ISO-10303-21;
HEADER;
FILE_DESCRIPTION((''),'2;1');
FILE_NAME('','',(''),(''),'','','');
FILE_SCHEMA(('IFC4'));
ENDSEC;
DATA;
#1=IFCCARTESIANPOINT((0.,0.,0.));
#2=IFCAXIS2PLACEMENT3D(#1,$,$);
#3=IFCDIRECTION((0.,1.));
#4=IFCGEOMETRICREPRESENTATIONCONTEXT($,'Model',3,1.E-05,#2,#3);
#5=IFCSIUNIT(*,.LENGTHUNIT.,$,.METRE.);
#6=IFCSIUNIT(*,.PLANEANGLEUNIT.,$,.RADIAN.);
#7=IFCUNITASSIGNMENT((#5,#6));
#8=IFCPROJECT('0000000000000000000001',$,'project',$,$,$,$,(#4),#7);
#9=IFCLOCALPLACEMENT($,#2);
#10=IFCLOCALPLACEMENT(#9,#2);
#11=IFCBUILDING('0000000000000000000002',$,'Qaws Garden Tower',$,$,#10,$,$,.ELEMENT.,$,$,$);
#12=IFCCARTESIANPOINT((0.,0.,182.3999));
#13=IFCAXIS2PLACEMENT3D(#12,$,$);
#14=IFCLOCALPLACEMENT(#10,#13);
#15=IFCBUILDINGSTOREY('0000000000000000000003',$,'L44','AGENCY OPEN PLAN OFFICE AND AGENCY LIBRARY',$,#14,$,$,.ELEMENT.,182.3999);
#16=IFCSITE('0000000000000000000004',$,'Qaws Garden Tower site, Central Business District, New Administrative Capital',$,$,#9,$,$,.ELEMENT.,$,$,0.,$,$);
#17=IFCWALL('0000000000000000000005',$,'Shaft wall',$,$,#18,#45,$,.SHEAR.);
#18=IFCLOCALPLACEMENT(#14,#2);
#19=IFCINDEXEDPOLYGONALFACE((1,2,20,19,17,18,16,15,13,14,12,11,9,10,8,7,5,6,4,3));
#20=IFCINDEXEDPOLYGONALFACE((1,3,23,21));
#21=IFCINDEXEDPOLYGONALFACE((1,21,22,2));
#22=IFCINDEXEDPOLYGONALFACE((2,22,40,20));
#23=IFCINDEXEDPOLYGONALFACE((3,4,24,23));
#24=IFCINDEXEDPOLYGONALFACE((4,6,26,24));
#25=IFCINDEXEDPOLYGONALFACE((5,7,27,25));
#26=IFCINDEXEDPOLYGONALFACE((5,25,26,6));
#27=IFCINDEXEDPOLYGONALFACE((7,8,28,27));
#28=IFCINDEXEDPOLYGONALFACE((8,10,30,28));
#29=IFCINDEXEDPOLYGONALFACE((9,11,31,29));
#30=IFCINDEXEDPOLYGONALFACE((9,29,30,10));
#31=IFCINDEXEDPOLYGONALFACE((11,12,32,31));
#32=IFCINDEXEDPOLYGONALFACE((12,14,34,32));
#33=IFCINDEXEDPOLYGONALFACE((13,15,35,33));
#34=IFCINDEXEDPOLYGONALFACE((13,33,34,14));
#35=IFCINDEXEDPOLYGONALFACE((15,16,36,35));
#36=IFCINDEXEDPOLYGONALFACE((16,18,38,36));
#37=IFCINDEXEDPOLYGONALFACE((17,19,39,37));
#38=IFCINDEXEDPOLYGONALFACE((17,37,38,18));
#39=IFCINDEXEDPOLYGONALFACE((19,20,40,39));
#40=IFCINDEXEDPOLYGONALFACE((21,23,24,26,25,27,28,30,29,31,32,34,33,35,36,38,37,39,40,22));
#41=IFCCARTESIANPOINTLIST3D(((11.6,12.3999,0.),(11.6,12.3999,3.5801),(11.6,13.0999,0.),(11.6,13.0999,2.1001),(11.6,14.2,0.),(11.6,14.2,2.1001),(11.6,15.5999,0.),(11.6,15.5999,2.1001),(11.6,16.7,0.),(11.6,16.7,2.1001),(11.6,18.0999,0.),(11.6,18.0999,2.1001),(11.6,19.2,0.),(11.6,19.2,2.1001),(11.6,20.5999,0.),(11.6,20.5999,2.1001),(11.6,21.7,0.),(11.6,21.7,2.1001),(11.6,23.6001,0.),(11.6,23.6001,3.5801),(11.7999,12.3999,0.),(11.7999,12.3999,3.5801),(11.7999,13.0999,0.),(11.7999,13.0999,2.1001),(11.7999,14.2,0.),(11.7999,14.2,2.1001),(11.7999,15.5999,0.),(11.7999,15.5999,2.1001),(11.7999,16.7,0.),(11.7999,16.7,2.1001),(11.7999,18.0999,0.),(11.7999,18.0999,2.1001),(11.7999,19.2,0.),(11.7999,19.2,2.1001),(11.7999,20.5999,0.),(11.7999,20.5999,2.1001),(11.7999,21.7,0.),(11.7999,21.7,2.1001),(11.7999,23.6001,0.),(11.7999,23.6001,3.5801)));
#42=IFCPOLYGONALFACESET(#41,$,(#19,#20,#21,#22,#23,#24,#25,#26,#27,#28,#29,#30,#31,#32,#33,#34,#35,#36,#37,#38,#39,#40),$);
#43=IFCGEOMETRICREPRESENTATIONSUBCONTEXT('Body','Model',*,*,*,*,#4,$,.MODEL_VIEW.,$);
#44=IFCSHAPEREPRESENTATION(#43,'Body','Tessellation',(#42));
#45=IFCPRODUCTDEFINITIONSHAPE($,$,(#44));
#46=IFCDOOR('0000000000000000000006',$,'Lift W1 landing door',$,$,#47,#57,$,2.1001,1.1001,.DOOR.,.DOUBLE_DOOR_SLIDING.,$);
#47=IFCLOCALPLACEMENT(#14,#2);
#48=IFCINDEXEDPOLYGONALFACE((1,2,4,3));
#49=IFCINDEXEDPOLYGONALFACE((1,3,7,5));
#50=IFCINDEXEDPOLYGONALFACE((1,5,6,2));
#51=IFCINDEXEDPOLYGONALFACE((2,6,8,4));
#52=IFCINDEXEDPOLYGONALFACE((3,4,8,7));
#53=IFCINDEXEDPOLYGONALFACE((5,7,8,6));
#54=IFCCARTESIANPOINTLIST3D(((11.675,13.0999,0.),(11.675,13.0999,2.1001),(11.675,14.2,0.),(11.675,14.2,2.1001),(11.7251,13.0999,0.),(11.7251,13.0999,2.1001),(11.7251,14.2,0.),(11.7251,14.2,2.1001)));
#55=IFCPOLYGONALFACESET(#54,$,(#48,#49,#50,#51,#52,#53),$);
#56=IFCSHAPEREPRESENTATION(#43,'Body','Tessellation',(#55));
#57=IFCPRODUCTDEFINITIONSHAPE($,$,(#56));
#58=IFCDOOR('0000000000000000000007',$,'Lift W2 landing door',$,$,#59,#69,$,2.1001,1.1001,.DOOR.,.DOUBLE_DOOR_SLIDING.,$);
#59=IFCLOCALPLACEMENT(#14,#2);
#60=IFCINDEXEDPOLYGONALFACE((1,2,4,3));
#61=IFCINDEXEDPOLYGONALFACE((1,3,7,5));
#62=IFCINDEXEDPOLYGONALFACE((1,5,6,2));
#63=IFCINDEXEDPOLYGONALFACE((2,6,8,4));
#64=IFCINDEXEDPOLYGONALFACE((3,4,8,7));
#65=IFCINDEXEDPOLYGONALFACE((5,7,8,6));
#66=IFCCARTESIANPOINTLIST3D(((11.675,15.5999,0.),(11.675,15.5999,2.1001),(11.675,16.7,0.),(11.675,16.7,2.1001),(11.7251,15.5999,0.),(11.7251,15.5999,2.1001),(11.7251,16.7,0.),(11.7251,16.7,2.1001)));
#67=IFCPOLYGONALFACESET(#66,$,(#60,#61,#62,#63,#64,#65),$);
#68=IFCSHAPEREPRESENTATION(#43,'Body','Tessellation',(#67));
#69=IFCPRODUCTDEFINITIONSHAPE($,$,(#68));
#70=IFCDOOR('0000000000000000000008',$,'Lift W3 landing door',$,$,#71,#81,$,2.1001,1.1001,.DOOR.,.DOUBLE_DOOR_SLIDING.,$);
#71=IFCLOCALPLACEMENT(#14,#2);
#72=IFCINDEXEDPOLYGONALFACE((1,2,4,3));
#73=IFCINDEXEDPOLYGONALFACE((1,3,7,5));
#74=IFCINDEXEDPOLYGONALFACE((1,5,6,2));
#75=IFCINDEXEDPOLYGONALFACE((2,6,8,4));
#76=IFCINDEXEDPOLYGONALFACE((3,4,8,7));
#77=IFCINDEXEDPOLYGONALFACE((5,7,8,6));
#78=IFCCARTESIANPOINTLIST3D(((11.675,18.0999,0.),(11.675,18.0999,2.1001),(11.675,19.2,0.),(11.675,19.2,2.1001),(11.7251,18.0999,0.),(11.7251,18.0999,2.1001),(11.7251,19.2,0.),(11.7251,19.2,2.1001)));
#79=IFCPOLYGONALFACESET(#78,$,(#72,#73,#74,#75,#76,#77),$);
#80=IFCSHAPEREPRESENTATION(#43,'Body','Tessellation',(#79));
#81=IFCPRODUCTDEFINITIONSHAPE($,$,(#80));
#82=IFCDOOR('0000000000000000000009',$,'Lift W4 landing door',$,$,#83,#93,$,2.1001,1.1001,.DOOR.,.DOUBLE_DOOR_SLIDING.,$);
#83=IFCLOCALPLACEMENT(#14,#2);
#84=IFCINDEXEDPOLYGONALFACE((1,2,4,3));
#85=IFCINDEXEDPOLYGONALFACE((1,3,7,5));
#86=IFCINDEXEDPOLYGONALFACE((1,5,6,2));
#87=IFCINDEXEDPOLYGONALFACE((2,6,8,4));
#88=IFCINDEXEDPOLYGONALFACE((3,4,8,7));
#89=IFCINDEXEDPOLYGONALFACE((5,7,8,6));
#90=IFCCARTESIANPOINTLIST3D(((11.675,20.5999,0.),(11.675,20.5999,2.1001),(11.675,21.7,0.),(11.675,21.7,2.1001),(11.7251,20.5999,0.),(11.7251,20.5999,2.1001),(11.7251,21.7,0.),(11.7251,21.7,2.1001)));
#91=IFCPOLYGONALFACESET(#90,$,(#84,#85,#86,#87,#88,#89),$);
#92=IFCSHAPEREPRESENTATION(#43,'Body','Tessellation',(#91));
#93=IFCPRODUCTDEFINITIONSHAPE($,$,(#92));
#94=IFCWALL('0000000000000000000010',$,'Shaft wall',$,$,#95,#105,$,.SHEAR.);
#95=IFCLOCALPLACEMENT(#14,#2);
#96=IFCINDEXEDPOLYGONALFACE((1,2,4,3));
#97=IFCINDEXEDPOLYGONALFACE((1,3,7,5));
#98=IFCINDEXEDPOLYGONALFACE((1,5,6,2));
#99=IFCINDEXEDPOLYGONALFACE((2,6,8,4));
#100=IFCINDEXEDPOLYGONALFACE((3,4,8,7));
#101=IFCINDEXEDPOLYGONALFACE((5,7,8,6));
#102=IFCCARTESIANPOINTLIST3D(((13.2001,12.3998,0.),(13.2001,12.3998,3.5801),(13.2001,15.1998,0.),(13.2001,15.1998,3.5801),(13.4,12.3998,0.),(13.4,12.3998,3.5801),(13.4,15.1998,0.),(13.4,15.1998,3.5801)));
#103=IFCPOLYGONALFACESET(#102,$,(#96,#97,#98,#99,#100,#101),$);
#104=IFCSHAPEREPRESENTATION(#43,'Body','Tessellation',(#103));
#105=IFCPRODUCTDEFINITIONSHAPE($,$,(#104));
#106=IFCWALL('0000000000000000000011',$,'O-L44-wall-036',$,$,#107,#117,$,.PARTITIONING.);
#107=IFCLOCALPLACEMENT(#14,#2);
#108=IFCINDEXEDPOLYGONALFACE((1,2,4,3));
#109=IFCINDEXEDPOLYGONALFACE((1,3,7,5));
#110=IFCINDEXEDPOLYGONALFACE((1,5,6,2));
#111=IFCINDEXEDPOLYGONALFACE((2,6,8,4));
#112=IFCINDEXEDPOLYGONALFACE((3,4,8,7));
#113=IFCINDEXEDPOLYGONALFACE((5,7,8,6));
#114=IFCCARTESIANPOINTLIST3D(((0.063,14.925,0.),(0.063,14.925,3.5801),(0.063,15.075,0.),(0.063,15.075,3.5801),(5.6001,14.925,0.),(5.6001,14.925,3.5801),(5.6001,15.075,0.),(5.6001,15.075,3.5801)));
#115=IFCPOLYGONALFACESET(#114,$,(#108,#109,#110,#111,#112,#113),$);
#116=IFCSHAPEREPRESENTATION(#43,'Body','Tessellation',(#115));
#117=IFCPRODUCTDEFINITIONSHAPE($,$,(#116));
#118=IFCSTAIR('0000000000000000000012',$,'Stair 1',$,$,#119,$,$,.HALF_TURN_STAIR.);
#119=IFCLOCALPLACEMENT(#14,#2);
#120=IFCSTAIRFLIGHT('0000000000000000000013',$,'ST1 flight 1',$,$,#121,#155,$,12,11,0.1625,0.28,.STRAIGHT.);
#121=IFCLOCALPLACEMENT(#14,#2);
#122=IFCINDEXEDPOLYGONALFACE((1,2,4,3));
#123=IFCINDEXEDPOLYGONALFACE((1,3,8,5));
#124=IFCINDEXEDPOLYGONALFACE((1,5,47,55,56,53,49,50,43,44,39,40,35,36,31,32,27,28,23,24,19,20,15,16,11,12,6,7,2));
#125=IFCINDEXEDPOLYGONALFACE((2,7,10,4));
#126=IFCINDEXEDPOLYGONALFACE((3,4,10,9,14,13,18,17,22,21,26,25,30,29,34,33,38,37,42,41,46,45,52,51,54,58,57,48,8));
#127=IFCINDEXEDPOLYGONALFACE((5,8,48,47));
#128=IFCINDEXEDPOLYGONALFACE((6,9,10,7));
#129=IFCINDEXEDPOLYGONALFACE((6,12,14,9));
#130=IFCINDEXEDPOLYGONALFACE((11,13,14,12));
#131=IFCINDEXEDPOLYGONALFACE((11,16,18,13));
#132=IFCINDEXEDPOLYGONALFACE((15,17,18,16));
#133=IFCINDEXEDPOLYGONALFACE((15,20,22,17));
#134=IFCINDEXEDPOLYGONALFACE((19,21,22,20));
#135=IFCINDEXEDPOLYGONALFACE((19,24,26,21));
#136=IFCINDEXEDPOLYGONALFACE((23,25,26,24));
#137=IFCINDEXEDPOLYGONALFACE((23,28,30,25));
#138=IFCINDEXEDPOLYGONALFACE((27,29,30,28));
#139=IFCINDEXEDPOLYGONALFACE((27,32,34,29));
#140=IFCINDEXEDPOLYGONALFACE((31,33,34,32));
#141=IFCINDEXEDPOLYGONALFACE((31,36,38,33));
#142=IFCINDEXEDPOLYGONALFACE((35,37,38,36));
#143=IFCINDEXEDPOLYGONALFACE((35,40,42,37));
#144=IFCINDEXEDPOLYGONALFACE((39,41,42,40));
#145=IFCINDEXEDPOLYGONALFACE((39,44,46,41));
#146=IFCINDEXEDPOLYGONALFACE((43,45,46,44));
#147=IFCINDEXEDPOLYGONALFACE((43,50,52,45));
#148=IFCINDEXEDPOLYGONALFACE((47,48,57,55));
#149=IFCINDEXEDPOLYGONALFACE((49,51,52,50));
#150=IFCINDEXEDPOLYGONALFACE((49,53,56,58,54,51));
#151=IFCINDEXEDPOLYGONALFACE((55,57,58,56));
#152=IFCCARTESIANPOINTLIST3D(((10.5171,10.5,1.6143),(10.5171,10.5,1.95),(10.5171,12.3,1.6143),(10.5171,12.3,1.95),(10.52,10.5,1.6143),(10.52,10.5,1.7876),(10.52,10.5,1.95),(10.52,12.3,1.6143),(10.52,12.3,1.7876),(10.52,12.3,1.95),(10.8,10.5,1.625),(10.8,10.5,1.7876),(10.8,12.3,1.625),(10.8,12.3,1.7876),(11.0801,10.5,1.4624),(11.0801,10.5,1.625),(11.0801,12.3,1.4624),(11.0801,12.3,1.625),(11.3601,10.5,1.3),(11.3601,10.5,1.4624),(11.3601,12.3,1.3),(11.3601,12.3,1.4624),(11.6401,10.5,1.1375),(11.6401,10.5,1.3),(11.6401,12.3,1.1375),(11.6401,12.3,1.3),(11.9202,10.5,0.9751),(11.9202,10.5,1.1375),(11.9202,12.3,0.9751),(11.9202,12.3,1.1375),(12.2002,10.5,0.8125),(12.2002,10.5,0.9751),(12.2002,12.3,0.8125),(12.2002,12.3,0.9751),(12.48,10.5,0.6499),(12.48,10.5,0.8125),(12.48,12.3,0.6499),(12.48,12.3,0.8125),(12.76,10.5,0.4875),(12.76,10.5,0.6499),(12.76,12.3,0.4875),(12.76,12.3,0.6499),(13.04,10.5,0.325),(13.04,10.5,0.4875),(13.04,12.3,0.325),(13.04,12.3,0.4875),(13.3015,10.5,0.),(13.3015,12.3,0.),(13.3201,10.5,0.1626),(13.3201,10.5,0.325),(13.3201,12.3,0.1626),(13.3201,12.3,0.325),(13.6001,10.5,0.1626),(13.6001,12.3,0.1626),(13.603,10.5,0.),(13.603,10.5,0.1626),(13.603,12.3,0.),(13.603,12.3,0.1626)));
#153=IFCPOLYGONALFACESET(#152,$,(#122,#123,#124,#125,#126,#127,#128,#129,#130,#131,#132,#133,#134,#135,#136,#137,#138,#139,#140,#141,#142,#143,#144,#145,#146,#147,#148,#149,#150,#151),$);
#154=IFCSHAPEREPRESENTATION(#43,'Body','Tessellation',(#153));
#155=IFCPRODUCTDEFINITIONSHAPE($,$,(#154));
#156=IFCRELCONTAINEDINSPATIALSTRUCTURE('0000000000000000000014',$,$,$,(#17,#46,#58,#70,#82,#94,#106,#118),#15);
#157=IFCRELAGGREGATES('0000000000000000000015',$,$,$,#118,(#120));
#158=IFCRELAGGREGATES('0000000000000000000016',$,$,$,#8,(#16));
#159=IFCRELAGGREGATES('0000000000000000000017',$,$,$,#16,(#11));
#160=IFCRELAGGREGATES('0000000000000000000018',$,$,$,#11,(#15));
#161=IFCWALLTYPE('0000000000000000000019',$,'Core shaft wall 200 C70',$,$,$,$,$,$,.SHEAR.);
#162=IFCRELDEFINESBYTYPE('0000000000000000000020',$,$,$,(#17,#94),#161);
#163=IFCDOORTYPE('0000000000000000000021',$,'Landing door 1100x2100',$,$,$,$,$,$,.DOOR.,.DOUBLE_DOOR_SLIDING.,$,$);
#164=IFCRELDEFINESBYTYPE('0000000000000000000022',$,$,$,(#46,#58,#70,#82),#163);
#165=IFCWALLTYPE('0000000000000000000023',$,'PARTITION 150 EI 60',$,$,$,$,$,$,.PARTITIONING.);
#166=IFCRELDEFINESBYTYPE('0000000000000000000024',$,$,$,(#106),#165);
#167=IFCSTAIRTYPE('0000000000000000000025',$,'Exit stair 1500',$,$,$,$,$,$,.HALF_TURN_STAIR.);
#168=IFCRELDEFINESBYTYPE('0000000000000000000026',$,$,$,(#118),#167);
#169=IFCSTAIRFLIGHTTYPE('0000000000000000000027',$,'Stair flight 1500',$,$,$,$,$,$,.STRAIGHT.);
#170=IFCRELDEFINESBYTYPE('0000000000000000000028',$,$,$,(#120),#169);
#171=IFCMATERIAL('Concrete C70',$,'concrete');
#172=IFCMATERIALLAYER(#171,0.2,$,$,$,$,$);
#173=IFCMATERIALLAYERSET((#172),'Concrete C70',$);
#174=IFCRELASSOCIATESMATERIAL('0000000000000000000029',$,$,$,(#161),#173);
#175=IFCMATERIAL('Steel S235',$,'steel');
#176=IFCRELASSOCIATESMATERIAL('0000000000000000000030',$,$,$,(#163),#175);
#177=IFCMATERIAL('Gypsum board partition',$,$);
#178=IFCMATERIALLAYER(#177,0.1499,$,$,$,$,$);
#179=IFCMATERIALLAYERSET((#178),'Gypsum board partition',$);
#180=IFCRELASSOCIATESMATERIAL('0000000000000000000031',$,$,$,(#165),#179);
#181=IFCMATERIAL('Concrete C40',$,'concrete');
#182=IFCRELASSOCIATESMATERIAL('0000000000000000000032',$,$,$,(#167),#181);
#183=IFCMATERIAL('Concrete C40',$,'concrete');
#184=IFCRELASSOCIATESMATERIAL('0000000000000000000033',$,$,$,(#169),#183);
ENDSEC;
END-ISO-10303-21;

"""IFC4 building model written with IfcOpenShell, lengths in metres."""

from ifc_helpers import new_model, si_unit, direction, frame, frame_2d, origin, place, context, subcontext, project, spatial, polyline, rectangle, outline, extrude, material, layer, layer_set, type_object, element, fill, aggregate, save


model = new_model("IFC4")

# Units and contexts
model_context = context("Model", 3, precision=1e-05, world=origin(), true_north=direction((0.0, 1.0)))
body_context = subcontext(model_context, "Body", "Model", "MODEL_VIEW")
ifc_project = project(units=[si_unit("LENGTHUNIT", "METRE"), si_unit("PLANEANGLEUNIT", "RADIAN")], contexts=[model_context])

# Site, building, storey
site_placement = place(None, origin())
site = spatial("IfcSite", under=ifc_project, at=site_placement, Name="Qaws Garden Tower site, Central Business District, New Administrative Capital", CompositionType="ELEMENT", RefElevation=0.0)
building_placement = place(site_placement, origin())
building = spatial("IfcBuilding", under=site, at=building_placement, Name="Qaws Garden Tower", CompositionType="ELEMENT")
storey_placement = place(building_placement, frame((0.0, 0.0, 182.3999)))
storey = spatial("IfcBuildingStorey", under=building, at=storey_placement, Name="L44", Description="AGENCY OPEN PLAN OFFICE AND AGENCY LIBRARY", CompositionType="ELEMENT", Elevation=182.3999)

# Shared definitions
ifc_material_1 = material(Name="Concrete C70", Category="concrete")
ifc_layer_1 = layer(ifc_material_1, 0.2)
ifc_layer_set_1 = layer_set([ifc_layer_1], Name="Concrete C70")
wall_type_1 = type_object("IfcWallType", Name="Core shaft wall 200 C70", PredefinedType="SHEAR", material=ifc_layer_set_1)

# Shared definitions
ifc_material_2 = material(Name="Steel S235", Category="steel")
door_type_1 = type_object("IfcDoorType", Name="Landing door 1100x2100", OperationType="DOUBLE_DOOR_SLIDING", PredefinedType="DOOR", material=ifc_material_2)

# Wall, openings, doors
wall_1_placement = place(storey_placement, frame((11.7, 12.3999, 0.0), z_axis=(0.0, 0.0, 1.0), x_axis=(0.0, 1.0, 0.0)))
wall_1 = element("IfcWall", 1, at=wall_1_placement, inside=storey, type_object=wall_type_1, Name="Shaft wall", PredefinedType="SHEAR", context=body_context, shape_type="SweptSolid", body=[
    extrude(rectangle(XDim=11.2002, YDim=0.2, at=frame_2d((5.6001, 0.0))), origin(), (0.0, 0.0, 1.0), 3.5801),
])
opening_1_placement = place(wall_1_placement, frame((0.7, 0.0, 0.0)))
opening_1 = element("IfcOpeningElement", 2, at=opening_1_placement, cuts=wall_1, PredefinedType="OPENING", context=body_context, shape_type="SweptSolid", body=[
    extrude(rectangle(XDim=1.1001, YDim=2.1001, at=frame_2d((0.55, 1.05))), frame((0.0, 0.1099, 0.0), z_axis=(0.0, -1.0, 0.0), x_axis=(1.0, 0.0, 0.0)), (0.0, 0.0, 1.0), 0.22),
])
opening_2_placement = place(wall_1_placement, frame((3.2, 0.0, 0.0)))
opening_2 = element("IfcOpeningElement", 3, at=opening_2_placement, cuts=wall_1, PredefinedType="OPENING", context=body_context, shape_type="SweptSolid", body=[
    extrude(rectangle(XDim=1.1001, YDim=2.1001, at=frame_2d((0.55, 1.05))), frame((0.0, 0.1099, 0.0), z_axis=(0.0, -1.0, 0.0), x_axis=(1.0, 0.0, 0.0)), (0.0, 0.0, 1.0), 0.22),
])
opening_3_placement = place(wall_1_placement, frame((5.7, 0.0, 0.0)))
opening_3 = element("IfcOpeningElement", 4, at=opening_3_placement, cuts=wall_1, PredefinedType="OPENING", context=body_context, shape_type="SweptSolid", body=[
    extrude(rectangle(XDim=1.1001, YDim=2.1001, at=frame_2d((0.55, 1.05))), frame((0.0, 0.1099, 0.0), z_axis=(0.0, -1.0, 0.0), x_axis=(1.0, 0.0, 0.0)), (0.0, 0.0, 1.0), 0.22),
])
opening_4_placement = place(wall_1_placement, frame((8.2, 0.0, 0.0)))
opening_4 = element("IfcOpeningElement", 5, at=opening_4_placement, cuts=wall_1, PredefinedType="OPENING", context=body_context, shape_type="SweptSolid", body=[
    extrude(rectangle(XDim=1.1001, YDim=2.1001, at=frame_2d((0.55, 1.05))), frame((0.0, 0.1099, 0.0), z_axis=(0.0, -1.0, 0.0), x_axis=(1.0, 0.0, 0.0)), (0.0, 0.0, 1.0), 0.22),
])
door_1_placement = place(opening_1_placement, origin())
door_1 = element("IfcDoor", 6, at=door_1_placement, inside=storey, type_object=door_type_1, Name="Lift W1 landing door", OperationType="DOUBLE_DOOR_SLIDING", OverallHeight=2.1001, OverallWidth=1.1001, PredefinedType="DOOR", context=body_context, shape_type="SweptSolid", body=[
    extrude(rectangle(XDim=1.1001, YDim=2.1001, at=frame_2d((0.55, 1.05))), frame((0.0, 0.0249, 0.0), z_axis=(0.0, -1.0, 0.0), x_axis=(1.0, 0.0, 0.0)), (0.0, 0.0, 1.0), 0.05),
])
fill(opening_1, door_1)
door_2_placement = place(opening_2_placement, origin())
door_2 = element("IfcDoor", 7, at=door_2_placement, inside=storey, type_object=door_type_1, Name="Lift W2 landing door", OperationType="DOUBLE_DOOR_SLIDING", OverallHeight=2.1001, OverallWidth=1.1001, PredefinedType="DOOR", context=body_context, shape_type="SweptSolid", body=[
    extrude(rectangle(XDim=1.1001, YDim=2.1001, at=frame_2d((0.55, 1.05))), frame((0.0, 0.0249, 0.0), z_axis=(0.0, -1.0, 0.0), x_axis=(1.0, 0.0, 0.0)), (0.0, 0.0, 1.0), 0.05),
])
fill(opening_2, door_2)
door_3_placement = place(opening_3_placement, origin())
door_3 = element("IfcDoor", 8, at=door_3_placement, inside=storey, type_object=door_type_1, Name="Lift W3 landing door", OperationType="DOUBLE_DOOR_SLIDING", OverallHeight=2.1001, OverallWidth=1.1001, PredefinedType="DOOR", context=body_context, shape_type="SweptSolid", body=[
    extrude(rectangle(XDim=1.1001, YDim=2.1001, at=frame_2d((0.55, 1.05))), frame((0.0, 0.0249, 0.0), z_axis=(0.0, -1.0, 0.0), x_axis=(1.0, 0.0, 0.0)), (0.0, 0.0, 1.0), 0.05),
])
fill(opening_3, door_3)
door_4_placement = place(opening_4_placement, origin())
door_4 = element("IfcDoor", 9, at=door_4_placement, inside=storey, type_object=door_type_1, Name="Lift W4 landing door", OperationType="DOUBLE_DOOR_SLIDING", OverallHeight=2.1001, OverallWidth=1.1001, PredefinedType="DOOR", context=body_context, shape_type="SweptSolid", body=[
    extrude(rectangle(XDim=1.1001, YDim=2.1001, at=frame_2d((0.55, 1.05))), frame((0.0, 0.0249, 0.0), z_axis=(0.0, -1.0, 0.0), x_axis=(1.0, 0.0, 0.0)), (0.0, 0.0, 1.0), 0.05),
])
fill(opening_4, door_4)

# Walls
wall_2_placement = place(storey_placement, frame((13.3, 12.3999, 0.0), z_axis=(0.0, 0.0, 1.0), x_axis=(0.0, 1.0, 0.0)))
element("IfcWall", 10, at=wall_2_placement, inside=storey, type_object=wall_type_1, Name="Shaft wall", PredefinedType="SHEAR", context=body_context, shape_type="SweptSolid", body=[
    extrude(rectangle(XDim=2.8, YDim=0.2, at=frame_2d((1.3999, 0.0))), origin(), (0.0, 0.0, 1.0), 3.5801),
])
ifc_material_3 = material(Name="Gypsum board partition")
ifc_layer_2 = layer(ifc_material_3, 0.1499)
ifc_layer_set_2 = layer_set([ifc_layer_2], Name="Gypsum board partition")
wall_type_2 = type_object("IfcWallType", Name="PARTITION 150 EI 60", PredefinedType="PARTITIONING", material=ifc_layer_set_2)
wall_3_placement = place(storey_placement, frame((0.063, 15.0, 0.0), z_axis=(0.0, 0.0, 1.0), x_axis=(1.0, 0.0, 0.0)))
element("IfcWall", 11, at=wall_3_placement, inside=storey, type_object=wall_type_2, Name="O-L44-wall-036", PredefinedType="PARTITIONING", context=body_context, shape_type="SweptSolid", body=[
    extrude(rectangle(XDim=5.5371, YDim=0.1499, at=frame_2d((2.7686, 0.0))), origin(), (0.0, 0.0, 1.0), 3.5801),
])

# Stair, stair flight
ifc_material_4 = material(Name="Concrete C40", Category="concrete")
stair_type = type_object("IfcStairType", Name="Exit stair 1500", PredefinedType="HALF_TURN_STAIR", material=ifc_material_4)
stair_placement = place(storey_placement, origin())
stair = element("IfcStair", 12, at=stair_placement, inside=storey, type_object=stair_type, Name="Stair 1", PredefinedType="HALF_TURN_STAIR")
ifc_material_5 = material(Name="Concrete C40", Category="concrete")
stair_flight_type = type_object("IfcStairFlightType", Name="Stair flight 1500", PredefinedType="STRAIGHT", material=ifc_material_5)
stair_flight_placement = place(storey_placement, frame((13.6001, 11.3999, 0.0), z_axis=(0.0, 0.0, 1.0), x_axis=(-1.0, 0.0, 0.0)))
stair_flight = element("IfcStairFlight", 13, at=stair_flight_placement, type_object=stair_flight_type, Name="ST1 flight 1", NumberOfRisers=12, NumberOfTreads=11, PredefinedType="STRAIGHT", RiserHeight=0.1625, TreadLength=0.28, context=body_context, shape_type="SweptSolid", body=[
    extrude(outline(polyline([(-0.0029, 0.0), (-0.0029, 0.1626), (0.0, 0.1626), (0.28, 0.1626), (0.28, 0.325), (0.5601, 0.325), (0.5601, 0.4875), (0.8401, 0.4875), (0.8401, 0.6499), (1.1201, 0.6499), (1.1201, 0.8125), (1.3999, 0.8125), (1.3999, 0.9751), (1.6799, 0.9751), (1.6799, 1.1375), (1.96, 1.1375), (1.96, 1.3), (2.24, 1.3), (2.24, 1.4624), (2.52, 1.4624), (2.52, 1.625), (2.8, 1.625), (2.8, 1.7876), (3.0801, 1.7876), (3.0801, 1.95), (3.083, 1.95), (3.083, 1.6143), (3.0801, 1.6143), (0.2986, 0.0), (-0.0029, 0.0)])), frame((0.0, 0.8999, 0.0), z_axis=(0.0, -1.0, 0.0), x_axis=(1.0, 0.0, 0.0)), (0.0, 0.0, 1.0), 1.8),
])
aggregate(stair, [stair_flight])

save(model, "model.ifc")
